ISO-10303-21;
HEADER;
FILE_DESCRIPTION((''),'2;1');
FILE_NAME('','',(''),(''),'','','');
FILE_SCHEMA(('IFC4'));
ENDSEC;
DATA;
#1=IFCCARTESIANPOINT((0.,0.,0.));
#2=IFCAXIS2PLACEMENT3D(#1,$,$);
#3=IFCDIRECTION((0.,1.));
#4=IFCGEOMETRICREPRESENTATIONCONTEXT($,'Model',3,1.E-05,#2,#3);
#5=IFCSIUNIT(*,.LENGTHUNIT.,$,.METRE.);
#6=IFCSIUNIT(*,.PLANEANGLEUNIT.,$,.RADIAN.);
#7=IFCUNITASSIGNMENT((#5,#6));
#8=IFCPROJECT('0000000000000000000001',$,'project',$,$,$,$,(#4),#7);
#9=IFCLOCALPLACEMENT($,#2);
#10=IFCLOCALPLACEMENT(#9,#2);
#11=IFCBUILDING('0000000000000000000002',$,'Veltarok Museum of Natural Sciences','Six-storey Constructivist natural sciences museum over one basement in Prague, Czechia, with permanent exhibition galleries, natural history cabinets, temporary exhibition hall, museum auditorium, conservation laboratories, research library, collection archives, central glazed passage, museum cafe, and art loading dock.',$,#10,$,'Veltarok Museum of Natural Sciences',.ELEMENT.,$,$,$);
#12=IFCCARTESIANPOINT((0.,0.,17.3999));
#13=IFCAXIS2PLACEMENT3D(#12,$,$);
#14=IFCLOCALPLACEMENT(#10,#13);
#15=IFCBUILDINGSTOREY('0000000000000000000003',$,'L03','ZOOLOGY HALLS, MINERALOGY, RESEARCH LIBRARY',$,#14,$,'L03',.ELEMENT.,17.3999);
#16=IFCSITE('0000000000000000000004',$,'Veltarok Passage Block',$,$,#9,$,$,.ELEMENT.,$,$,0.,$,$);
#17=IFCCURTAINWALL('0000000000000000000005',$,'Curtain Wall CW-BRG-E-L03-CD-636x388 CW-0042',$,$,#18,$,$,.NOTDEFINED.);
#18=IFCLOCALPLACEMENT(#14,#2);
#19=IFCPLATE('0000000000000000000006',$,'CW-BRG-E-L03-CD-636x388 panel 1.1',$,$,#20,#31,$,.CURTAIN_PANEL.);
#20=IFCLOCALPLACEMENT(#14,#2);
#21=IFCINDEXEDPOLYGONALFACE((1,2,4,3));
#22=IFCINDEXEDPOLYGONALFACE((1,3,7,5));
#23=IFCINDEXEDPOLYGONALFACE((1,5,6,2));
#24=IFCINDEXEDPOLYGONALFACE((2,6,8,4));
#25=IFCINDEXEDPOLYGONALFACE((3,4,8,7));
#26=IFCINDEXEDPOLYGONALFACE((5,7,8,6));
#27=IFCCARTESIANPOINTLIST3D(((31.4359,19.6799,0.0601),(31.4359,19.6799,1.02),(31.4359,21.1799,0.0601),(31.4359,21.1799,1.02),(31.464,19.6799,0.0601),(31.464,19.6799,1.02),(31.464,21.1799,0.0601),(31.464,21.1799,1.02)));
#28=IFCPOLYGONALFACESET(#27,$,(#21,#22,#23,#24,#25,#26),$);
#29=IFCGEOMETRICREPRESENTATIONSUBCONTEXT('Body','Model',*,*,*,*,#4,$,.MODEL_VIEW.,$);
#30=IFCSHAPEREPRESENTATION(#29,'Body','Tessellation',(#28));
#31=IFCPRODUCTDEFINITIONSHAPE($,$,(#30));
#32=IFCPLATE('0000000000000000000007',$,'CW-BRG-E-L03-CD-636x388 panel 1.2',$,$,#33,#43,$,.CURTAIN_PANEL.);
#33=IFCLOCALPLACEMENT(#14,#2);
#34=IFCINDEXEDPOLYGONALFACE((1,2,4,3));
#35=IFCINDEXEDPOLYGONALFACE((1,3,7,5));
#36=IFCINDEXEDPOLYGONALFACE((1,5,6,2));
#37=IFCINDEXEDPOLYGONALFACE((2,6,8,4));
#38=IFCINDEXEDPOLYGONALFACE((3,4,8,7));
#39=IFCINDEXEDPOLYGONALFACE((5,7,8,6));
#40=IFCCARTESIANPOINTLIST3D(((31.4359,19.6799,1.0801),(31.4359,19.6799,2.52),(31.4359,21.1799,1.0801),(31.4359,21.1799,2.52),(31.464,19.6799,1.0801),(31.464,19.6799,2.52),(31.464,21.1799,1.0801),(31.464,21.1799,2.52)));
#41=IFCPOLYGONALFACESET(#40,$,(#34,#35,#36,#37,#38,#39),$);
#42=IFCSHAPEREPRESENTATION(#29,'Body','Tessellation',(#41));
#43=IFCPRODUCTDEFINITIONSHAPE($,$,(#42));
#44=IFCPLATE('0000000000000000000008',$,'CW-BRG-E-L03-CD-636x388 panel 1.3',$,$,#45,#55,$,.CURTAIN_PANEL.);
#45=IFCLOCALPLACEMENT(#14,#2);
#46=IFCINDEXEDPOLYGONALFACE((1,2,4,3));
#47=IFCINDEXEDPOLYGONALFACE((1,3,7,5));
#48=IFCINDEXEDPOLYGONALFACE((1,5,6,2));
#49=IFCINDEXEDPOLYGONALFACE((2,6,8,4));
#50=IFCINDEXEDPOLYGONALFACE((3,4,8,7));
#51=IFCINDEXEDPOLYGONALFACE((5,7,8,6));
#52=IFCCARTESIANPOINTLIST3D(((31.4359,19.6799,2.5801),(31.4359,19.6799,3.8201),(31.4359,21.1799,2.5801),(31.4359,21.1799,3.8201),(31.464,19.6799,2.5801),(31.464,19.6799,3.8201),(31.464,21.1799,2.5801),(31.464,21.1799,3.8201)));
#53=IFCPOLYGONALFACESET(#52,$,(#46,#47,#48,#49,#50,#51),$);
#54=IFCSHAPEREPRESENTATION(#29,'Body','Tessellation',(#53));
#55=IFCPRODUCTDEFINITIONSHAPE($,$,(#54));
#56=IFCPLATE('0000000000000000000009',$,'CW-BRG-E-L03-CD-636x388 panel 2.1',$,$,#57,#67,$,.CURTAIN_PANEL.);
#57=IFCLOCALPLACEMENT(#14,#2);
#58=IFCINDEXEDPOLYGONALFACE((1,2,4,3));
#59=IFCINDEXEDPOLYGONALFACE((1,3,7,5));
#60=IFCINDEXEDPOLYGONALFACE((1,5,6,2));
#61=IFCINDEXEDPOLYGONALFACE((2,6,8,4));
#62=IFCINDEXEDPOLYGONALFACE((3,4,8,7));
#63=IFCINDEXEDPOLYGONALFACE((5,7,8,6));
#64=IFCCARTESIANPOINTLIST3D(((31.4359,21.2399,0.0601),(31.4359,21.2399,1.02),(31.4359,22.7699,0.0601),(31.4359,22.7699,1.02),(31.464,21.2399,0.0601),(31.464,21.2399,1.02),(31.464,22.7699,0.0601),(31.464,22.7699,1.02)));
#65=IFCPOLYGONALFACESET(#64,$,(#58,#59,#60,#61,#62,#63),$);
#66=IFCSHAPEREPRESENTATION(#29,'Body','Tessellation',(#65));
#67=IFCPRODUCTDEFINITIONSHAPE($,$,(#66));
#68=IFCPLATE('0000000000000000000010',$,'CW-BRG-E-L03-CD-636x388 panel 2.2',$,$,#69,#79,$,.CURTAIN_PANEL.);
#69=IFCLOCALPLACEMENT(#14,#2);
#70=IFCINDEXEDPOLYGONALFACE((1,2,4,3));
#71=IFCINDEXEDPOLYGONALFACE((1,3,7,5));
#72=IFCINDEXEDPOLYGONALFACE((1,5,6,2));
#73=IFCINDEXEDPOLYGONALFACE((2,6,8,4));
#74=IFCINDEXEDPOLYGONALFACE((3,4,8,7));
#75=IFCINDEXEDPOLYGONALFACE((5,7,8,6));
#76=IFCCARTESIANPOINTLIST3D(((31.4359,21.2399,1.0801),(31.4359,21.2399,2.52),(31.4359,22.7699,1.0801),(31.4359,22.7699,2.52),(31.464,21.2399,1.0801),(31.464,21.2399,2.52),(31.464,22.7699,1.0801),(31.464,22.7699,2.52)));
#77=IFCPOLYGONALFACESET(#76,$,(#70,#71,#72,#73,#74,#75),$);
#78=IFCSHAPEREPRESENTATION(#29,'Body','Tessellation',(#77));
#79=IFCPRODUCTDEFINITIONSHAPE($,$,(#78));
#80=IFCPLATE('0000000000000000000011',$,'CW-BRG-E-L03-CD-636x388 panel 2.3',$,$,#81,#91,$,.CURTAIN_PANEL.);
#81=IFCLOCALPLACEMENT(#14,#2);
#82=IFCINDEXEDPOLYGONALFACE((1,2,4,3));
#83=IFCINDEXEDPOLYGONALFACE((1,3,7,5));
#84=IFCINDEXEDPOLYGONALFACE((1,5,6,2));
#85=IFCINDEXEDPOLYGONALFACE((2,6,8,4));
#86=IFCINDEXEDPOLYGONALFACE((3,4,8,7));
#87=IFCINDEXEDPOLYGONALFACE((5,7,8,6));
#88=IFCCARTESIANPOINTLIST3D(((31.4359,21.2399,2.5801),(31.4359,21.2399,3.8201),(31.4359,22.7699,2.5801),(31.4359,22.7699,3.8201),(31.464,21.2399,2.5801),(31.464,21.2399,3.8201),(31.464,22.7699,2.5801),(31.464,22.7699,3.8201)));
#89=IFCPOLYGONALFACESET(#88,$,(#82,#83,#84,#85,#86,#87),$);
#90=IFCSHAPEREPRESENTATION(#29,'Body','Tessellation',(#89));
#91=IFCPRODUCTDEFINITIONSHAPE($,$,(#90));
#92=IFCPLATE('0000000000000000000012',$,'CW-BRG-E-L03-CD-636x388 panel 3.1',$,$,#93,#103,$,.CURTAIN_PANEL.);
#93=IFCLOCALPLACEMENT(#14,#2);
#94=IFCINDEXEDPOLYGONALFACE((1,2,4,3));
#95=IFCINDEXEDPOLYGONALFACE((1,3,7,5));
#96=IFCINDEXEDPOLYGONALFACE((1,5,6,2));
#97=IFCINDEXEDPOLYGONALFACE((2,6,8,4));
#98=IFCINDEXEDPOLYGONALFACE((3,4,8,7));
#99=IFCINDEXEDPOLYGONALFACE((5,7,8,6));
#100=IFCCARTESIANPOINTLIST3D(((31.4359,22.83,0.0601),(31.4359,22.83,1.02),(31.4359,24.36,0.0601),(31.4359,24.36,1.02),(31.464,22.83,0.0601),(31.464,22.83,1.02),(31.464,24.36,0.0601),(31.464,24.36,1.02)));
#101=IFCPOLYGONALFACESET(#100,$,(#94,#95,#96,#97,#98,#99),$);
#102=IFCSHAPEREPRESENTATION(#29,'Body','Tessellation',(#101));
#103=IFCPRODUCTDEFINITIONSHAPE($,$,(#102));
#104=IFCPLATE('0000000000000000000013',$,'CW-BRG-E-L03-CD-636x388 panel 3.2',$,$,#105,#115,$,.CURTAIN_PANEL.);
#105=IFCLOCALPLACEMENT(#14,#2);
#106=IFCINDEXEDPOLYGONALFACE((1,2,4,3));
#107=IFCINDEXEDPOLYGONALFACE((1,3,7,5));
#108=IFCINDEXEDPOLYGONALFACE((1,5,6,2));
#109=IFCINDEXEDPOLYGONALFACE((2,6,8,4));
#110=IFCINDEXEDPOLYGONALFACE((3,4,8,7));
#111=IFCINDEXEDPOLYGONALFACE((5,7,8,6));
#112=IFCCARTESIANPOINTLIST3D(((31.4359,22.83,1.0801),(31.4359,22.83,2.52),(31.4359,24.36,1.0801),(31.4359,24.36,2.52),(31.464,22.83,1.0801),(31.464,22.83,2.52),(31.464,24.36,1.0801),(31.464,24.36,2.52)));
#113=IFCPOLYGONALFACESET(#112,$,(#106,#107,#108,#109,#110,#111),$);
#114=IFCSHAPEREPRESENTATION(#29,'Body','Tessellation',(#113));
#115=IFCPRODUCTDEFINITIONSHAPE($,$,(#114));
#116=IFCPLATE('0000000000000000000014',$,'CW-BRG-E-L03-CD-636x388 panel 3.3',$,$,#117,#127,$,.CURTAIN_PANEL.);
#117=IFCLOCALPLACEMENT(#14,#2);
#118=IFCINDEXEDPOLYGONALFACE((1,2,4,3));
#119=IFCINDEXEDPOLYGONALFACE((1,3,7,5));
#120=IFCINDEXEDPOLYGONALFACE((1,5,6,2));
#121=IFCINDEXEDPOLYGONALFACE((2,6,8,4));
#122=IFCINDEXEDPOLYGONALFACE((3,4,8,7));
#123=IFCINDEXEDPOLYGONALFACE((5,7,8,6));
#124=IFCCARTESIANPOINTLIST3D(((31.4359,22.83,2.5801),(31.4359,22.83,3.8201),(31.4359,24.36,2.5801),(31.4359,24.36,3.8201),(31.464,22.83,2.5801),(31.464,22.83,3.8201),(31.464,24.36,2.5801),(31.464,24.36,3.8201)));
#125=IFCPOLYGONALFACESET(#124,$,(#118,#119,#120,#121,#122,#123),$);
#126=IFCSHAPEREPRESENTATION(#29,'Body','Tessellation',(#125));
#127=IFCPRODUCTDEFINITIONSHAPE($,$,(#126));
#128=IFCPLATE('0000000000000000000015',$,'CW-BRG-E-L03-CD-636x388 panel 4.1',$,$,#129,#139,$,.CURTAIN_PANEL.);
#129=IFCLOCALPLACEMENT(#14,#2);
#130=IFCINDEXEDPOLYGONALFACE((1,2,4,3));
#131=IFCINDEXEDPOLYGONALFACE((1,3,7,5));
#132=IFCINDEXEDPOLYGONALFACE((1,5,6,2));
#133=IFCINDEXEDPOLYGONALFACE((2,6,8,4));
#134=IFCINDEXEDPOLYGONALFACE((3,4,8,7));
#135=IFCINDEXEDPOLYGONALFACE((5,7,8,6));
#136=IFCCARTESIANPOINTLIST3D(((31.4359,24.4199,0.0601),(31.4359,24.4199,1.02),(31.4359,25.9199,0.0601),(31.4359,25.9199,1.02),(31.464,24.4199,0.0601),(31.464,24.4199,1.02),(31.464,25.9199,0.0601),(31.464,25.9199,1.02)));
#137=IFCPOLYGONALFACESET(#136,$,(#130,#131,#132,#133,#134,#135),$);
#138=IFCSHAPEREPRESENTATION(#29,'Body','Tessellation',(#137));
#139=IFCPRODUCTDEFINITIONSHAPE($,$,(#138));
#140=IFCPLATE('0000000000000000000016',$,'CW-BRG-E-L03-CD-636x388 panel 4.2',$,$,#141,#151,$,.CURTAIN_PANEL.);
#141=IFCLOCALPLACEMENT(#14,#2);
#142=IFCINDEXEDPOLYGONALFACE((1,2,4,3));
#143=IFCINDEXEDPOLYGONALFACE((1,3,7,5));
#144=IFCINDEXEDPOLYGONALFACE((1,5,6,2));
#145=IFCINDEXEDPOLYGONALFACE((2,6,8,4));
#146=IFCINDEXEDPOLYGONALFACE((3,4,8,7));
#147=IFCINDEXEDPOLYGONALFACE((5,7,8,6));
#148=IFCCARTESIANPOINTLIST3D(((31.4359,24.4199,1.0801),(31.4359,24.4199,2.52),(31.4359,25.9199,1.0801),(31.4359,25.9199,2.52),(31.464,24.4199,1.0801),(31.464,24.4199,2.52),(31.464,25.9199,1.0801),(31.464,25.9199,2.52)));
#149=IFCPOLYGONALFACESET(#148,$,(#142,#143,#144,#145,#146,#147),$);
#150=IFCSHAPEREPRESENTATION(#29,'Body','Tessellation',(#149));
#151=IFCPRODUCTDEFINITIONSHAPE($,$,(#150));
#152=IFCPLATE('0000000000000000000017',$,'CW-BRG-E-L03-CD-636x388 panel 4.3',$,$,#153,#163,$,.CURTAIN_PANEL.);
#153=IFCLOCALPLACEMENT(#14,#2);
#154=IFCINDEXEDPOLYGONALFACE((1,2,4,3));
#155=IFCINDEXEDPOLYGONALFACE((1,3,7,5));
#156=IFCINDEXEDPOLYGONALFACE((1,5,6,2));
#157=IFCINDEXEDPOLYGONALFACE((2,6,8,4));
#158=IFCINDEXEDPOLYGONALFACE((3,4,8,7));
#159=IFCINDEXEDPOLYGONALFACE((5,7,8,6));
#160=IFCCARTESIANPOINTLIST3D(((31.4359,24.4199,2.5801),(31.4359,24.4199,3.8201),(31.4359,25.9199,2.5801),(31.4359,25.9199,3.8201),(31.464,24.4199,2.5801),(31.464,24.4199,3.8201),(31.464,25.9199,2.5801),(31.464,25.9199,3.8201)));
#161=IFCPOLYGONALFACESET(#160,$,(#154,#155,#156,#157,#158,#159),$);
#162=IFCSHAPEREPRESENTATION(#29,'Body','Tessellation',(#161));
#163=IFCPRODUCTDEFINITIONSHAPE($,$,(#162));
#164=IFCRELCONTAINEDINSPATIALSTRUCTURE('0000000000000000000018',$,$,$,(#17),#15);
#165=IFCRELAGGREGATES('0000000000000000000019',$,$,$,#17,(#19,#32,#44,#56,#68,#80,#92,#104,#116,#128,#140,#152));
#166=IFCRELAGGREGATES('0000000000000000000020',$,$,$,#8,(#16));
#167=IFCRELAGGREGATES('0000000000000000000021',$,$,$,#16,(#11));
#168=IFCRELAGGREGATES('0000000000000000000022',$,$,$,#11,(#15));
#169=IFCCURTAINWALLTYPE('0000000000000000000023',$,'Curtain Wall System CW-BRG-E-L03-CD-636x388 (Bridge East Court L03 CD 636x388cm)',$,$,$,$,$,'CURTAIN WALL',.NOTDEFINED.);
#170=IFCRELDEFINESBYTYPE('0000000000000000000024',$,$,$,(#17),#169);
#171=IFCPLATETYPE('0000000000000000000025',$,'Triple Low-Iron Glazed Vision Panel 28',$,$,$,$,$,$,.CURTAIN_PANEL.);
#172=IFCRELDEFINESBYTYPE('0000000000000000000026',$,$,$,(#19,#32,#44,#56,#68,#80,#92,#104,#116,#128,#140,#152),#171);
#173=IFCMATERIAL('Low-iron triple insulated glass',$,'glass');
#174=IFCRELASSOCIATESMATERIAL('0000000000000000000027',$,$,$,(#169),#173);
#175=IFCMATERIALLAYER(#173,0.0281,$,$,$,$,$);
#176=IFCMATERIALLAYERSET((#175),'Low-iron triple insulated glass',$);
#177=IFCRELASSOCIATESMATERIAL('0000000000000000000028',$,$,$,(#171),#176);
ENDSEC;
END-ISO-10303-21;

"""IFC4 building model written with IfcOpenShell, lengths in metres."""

from ifc_helpers import new_model, si_unit, direction, frame, origin, origin_2d, place, context, subcontext, project, spatial, rectangle, extrude, material, layer, layer_set, type_object, element, aggregate, save


model = new_model("IFC4")

# Units and contexts
model_context = context("Model", 3, precision=1e-05, world=origin(), true_north=direction((0.0, 1.0)))
body_context = subcontext(model_context, "Body", "Model", "MODEL_VIEW")
ifc_project = project(units=[si_unit("LENGTHUNIT", "METRE"), si_unit("PLANEANGLEUNIT", "RADIAN")], contexts=[model_context])

# Site, building, storey
site_placement = place(None, origin())
site = spatial("IfcSite", under=ifc_project, at=site_placement, Name="Veltarok Passage Block", CompositionType="ELEMENT", RefElevation=0.0)
building_placement = place(site_placement, origin())
building = spatial("IfcBuilding", under=site, at=building_placement, Name="Veltarok Museum of Natural Sciences", Description="Six-storey Constructivist natural sciences museum over one basement in Prague, Czechia, with permanent exhibition galleries, natural history cabinets, temporary exhibition hall, museum auditorium, conservation laboratories, research library, collection archives, central glazed passage, museum cafe, and art loading dock.", LongName="Veltarok Museum of Natural Sciences", CompositionType="ELEMENT")
storey_placement = place(building_placement, frame((0.0, 0.0, 17.3999)))
storey = spatial("IfcBuildingStorey", under=building, at=storey_placement, Name="L03", Description="ZOOLOGY HALLS, MINERALOGY, RESEARCH LIBRARY", LongName="L03", CompositionType="ELEMENT", Elevation=17.3999)

# Curtain wall
ifc_material_1 = material(Name="Low-iron triple insulated glass", Category="glass")
curtain_wall_type_1 = type_object("IfcCurtainWallType", Name="Curtain Wall System CW-BRG-E-L03-CD-636x388 (Bridge East Court L03 CD 636x388cm)", ElementType="CURTAIN WALL", PredefinedType="NOTDEFINED", material=ifc_material_1)
curtain_wall_1_placement = place(storey_placement, origin())
curtain_wall_1 = element("IfcCurtainWall", 1, at=curtain_wall_1_placement, inside=storey, type_object=curtain_wall_type_1, Name="Curtain Wall CW-BRG-E-L03-CD-636x388 CW-0042", PredefinedType="NOTDEFINED")

# Plates
ifc_layer = layer(ifc_material_1, 0.0281)
ifc_layer_set = layer_set([ifc_layer], Name="Low-iron triple insulated glass")
plate_type = type_object("IfcPlateType", Name="Triple Low-Iron Glazed Vision Panel 28", PredefinedType="CURTAIN_PANEL", material=ifc_layer_set)
plate_1_placement = place(storey_placement, frame((31.45, 20.4299, 0.0601), z_axis=(0.0, 0.0, 1.0), x_axis=(0.0, 1.0, 0.0)))
plate_1 = element("IfcPlate", 2, at=plate_1_placement, type_object=plate_type, Name="CW-BRG-E-L03-CD-636x388 panel 1.1", PredefinedType="CURTAIN_PANEL", context=body_context, shape_type="SweptSolid", body=[
    extrude(rectangle(XDim=1.5, YDim=0.0281, at=origin_2d()), origin(), (0.0, 0.0, 1.0), 0.96),
])
plate_2_placement = place(storey_placement, frame((31.45, 20.4299, 1.0801), z_axis=(0.0, 0.0, 1.0), x_axis=(0.0, 1.0, 0.0)))
plate_2 = element("IfcPlate", 3, at=plate_2_placement, type_object=plate_type, Name="CW-BRG-E-L03-CD-636x388 panel 1.2", PredefinedType="CURTAIN_PANEL", context=body_context, shape_type="SweptSolid", body=[
    extrude(rectangle(XDim=1.5, YDim=0.0281, at=origin_2d()), origin(), (0.0, 0.0, 1.0), 1.4399),
])
plate_3_placement = place(storey_placement, frame((31.45, 20.4299, 2.5801), z_axis=(0.0, 0.0, 1.0), x_axis=(0.0, 1.0, 0.0)))
plate_3 = element("IfcPlate", 4, at=plate_3_placement, type_object=plate_type, Name="CW-BRG-E-L03-CD-636x388 panel 1.3", PredefinedType="CURTAIN_PANEL", context=body_context, shape_type="SweptSolid", body=[
    extrude(rectangle(XDim=1.5, YDim=0.0281, at=origin_2d()), origin(), (0.0, 0.0, 1.0), 1.24),
])
plate_4_placement = place(storey_placement, frame((31.45, 22.0049, 0.0601), z_axis=(0.0, 0.0, 1.0), x_axis=(0.0, 1.0, 0.0)))
plate_4 = element("IfcPlate", 5, at=plate_4_placement, type_object=plate_type, Name="CW-BRG-E-L03-CD-636x388 panel 2.1", PredefinedType="CURTAIN_PANEL", context=body_context, shape_type="SweptSolid", body=[
    extrude(rectangle(XDim=1.53, YDim=0.0281, at=origin_2d()), origin(), (0.0, 0.0, 1.0), 0.96),
])
plate_5_placement = place(storey_placement, frame((31.45, 22.0049, 1.0801), z_axis=(0.0, 0.0, 1.0), x_axis=(0.0, 1.0, 0.0)))
plate_5 = element("IfcPlate", 6, at=plate_5_placement, type_object=plate_type, Name="CW-BRG-E-L03-CD-636x388 panel 2.2", PredefinedType="CURTAIN_PANEL", context=body_context, shape_type="SweptSolid", body=[
    extrude(rectangle(XDim=1.53, YDim=0.0281, at=origin_2d()), origin(), (0.0, 0.0, 1.0), 1.4399),
])
plate_6_placement = place(storey_placement, frame((31.45, 22.0049, 2.5801), z_axis=(0.0, 0.0, 1.0), x_axis=(0.0, 1.0, 0.0)))
plate_6 = element("IfcPlate", 7, at=plate_6_placement, type_object=plate_type, Name="CW-BRG-E-L03-CD-636x388 panel 2.3", PredefinedType="CURTAIN_PANEL", context=body_context, shape_type="SweptSolid", body=[
    extrude(rectangle(XDim=1.53, YDim=0.0281, at=origin_2d()), origin(), (0.0, 0.0, 1.0), 1.24),
])
plate_7_placement = place(storey_placement, frame((31.45, 23.595, 0.0601), z_axis=(0.0, 0.0, 1.0), x_axis=(0.0, 1.0, 0.0)))
plate_7 = element("IfcPlate", 8, at=plate_7_placement, type_object=plate_type, Name="CW-BRG-E-L03-CD-636x388 panel 3.1", PredefinedType="CURTAIN_PANEL", context=body_context, shape_type="SweptSolid", body=[
    extrude(rectangle(XDim=1.53, YDim=0.0281, at=origin_2d()), origin(), (0.0, 0.0, 1.0), 0.96),
])
plate_8_placement = place(storey_placement, frame((31.45, 23.595, 1.0801), z_axis=(0.0, 0.0, 1.0), x_axis=(0.0, 1.0, 0.0)))
plate_8 = element("IfcPlate", 9, at=plate_8_placement, type_object=plate_type, Name="CW-BRG-E-L03-CD-636x388 panel 3.2", PredefinedType="CURTAIN_PANEL", context=body_context, shape_type="SweptSolid", body=[
    extrude(rectangle(XDim=1.53, YDim=0.0281, at=origin_2d()), origin(), (0.0, 0.0, 1.0), 1.4399),
])
plate_9_placement = place(storey_placement, frame((31.45, 23.595, 2.5801), z_axis=(0.0, 0.0, 1.0), x_axis=(0.0, 1.0, 0.0)))
plate_9 = element("IfcPlate", 10, at=plate_9_placement, type_object=plate_type, Name="CW-BRG-E-L03-CD-636x388 panel 3.3", PredefinedType="CURTAIN_PANEL", context=body_context, shape_type="SweptSolid", body=[
    extrude(rectangle(XDim=1.53, YDim=0.0281, at=origin_2d()), origin(), (0.0, 0.0, 1.0), 1.24),
])
plate_10_placement = place(storey_placement, frame((31.45, 25.1699, 0.0601), z_axis=(0.0, 0.0, 1.0), x_axis=(0.0, 1.0, 0.0)))
plate_10 = element("IfcPlate", 11, at=plate_10_placement, type_object=plate_type, Name="CW-BRG-E-L03-CD-636x388 panel 4.1", PredefinedType="CURTAIN_PANEL", context=body_context, shape_type="SweptSolid", body=[
    extrude(rectangle(XDim=1.5, YDim=0.0281, at=origin_2d()), origin(), (0.0, 0.0, 1.0), 0.96),
])
plate_11_placement = place(storey_placement, frame((31.45, 25.1699, 1.0801), z_axis=(0.0, 0.0, 1.0), x_axis=(0.0, 1.0, 0.0)))
plate_11 = element("IfcPlate", 12, at=plate_11_placement, type_object=plate_type, Name="CW-BRG-E-L03-CD-636x388 panel 4.2", PredefinedType="CURTAIN_PANEL", context=body_context, shape_type="SweptSolid", body=[
    extrude(rectangle(XDim=1.5, YDim=0.0281, at=origin_2d()), origin(), (0.0, 0.0, 1.0), 1.4399),
])
plate_12_placement = place(storey_placement, frame((31.45, 25.1699, 2.5801), z_axis=(0.0, 0.0, 1.0), x_axis=(0.0, 1.0, 0.0)))
plate_12 = element("IfcPlate", 13, at=plate_12_placement, type_object=plate_type, Name="CW-BRG-E-L03-CD-636x388 panel 4.3", PredefinedType="CURTAIN_PANEL", context=body_context, shape_type="SweptSolid", body=[
    extrude(rectangle(XDim=1.5, YDim=0.0281, at=origin_2d()), origin(), (0.0, 0.0, 1.0), 1.24),
])
aggregate(curtain_wall_1, [plate_1, plate_2, plate_3, plate_4, plate_5, plate_6, plate_7, plate_8, plate_9, plate_10, plate_11, plate_12])

save(model, "model.ifc")
